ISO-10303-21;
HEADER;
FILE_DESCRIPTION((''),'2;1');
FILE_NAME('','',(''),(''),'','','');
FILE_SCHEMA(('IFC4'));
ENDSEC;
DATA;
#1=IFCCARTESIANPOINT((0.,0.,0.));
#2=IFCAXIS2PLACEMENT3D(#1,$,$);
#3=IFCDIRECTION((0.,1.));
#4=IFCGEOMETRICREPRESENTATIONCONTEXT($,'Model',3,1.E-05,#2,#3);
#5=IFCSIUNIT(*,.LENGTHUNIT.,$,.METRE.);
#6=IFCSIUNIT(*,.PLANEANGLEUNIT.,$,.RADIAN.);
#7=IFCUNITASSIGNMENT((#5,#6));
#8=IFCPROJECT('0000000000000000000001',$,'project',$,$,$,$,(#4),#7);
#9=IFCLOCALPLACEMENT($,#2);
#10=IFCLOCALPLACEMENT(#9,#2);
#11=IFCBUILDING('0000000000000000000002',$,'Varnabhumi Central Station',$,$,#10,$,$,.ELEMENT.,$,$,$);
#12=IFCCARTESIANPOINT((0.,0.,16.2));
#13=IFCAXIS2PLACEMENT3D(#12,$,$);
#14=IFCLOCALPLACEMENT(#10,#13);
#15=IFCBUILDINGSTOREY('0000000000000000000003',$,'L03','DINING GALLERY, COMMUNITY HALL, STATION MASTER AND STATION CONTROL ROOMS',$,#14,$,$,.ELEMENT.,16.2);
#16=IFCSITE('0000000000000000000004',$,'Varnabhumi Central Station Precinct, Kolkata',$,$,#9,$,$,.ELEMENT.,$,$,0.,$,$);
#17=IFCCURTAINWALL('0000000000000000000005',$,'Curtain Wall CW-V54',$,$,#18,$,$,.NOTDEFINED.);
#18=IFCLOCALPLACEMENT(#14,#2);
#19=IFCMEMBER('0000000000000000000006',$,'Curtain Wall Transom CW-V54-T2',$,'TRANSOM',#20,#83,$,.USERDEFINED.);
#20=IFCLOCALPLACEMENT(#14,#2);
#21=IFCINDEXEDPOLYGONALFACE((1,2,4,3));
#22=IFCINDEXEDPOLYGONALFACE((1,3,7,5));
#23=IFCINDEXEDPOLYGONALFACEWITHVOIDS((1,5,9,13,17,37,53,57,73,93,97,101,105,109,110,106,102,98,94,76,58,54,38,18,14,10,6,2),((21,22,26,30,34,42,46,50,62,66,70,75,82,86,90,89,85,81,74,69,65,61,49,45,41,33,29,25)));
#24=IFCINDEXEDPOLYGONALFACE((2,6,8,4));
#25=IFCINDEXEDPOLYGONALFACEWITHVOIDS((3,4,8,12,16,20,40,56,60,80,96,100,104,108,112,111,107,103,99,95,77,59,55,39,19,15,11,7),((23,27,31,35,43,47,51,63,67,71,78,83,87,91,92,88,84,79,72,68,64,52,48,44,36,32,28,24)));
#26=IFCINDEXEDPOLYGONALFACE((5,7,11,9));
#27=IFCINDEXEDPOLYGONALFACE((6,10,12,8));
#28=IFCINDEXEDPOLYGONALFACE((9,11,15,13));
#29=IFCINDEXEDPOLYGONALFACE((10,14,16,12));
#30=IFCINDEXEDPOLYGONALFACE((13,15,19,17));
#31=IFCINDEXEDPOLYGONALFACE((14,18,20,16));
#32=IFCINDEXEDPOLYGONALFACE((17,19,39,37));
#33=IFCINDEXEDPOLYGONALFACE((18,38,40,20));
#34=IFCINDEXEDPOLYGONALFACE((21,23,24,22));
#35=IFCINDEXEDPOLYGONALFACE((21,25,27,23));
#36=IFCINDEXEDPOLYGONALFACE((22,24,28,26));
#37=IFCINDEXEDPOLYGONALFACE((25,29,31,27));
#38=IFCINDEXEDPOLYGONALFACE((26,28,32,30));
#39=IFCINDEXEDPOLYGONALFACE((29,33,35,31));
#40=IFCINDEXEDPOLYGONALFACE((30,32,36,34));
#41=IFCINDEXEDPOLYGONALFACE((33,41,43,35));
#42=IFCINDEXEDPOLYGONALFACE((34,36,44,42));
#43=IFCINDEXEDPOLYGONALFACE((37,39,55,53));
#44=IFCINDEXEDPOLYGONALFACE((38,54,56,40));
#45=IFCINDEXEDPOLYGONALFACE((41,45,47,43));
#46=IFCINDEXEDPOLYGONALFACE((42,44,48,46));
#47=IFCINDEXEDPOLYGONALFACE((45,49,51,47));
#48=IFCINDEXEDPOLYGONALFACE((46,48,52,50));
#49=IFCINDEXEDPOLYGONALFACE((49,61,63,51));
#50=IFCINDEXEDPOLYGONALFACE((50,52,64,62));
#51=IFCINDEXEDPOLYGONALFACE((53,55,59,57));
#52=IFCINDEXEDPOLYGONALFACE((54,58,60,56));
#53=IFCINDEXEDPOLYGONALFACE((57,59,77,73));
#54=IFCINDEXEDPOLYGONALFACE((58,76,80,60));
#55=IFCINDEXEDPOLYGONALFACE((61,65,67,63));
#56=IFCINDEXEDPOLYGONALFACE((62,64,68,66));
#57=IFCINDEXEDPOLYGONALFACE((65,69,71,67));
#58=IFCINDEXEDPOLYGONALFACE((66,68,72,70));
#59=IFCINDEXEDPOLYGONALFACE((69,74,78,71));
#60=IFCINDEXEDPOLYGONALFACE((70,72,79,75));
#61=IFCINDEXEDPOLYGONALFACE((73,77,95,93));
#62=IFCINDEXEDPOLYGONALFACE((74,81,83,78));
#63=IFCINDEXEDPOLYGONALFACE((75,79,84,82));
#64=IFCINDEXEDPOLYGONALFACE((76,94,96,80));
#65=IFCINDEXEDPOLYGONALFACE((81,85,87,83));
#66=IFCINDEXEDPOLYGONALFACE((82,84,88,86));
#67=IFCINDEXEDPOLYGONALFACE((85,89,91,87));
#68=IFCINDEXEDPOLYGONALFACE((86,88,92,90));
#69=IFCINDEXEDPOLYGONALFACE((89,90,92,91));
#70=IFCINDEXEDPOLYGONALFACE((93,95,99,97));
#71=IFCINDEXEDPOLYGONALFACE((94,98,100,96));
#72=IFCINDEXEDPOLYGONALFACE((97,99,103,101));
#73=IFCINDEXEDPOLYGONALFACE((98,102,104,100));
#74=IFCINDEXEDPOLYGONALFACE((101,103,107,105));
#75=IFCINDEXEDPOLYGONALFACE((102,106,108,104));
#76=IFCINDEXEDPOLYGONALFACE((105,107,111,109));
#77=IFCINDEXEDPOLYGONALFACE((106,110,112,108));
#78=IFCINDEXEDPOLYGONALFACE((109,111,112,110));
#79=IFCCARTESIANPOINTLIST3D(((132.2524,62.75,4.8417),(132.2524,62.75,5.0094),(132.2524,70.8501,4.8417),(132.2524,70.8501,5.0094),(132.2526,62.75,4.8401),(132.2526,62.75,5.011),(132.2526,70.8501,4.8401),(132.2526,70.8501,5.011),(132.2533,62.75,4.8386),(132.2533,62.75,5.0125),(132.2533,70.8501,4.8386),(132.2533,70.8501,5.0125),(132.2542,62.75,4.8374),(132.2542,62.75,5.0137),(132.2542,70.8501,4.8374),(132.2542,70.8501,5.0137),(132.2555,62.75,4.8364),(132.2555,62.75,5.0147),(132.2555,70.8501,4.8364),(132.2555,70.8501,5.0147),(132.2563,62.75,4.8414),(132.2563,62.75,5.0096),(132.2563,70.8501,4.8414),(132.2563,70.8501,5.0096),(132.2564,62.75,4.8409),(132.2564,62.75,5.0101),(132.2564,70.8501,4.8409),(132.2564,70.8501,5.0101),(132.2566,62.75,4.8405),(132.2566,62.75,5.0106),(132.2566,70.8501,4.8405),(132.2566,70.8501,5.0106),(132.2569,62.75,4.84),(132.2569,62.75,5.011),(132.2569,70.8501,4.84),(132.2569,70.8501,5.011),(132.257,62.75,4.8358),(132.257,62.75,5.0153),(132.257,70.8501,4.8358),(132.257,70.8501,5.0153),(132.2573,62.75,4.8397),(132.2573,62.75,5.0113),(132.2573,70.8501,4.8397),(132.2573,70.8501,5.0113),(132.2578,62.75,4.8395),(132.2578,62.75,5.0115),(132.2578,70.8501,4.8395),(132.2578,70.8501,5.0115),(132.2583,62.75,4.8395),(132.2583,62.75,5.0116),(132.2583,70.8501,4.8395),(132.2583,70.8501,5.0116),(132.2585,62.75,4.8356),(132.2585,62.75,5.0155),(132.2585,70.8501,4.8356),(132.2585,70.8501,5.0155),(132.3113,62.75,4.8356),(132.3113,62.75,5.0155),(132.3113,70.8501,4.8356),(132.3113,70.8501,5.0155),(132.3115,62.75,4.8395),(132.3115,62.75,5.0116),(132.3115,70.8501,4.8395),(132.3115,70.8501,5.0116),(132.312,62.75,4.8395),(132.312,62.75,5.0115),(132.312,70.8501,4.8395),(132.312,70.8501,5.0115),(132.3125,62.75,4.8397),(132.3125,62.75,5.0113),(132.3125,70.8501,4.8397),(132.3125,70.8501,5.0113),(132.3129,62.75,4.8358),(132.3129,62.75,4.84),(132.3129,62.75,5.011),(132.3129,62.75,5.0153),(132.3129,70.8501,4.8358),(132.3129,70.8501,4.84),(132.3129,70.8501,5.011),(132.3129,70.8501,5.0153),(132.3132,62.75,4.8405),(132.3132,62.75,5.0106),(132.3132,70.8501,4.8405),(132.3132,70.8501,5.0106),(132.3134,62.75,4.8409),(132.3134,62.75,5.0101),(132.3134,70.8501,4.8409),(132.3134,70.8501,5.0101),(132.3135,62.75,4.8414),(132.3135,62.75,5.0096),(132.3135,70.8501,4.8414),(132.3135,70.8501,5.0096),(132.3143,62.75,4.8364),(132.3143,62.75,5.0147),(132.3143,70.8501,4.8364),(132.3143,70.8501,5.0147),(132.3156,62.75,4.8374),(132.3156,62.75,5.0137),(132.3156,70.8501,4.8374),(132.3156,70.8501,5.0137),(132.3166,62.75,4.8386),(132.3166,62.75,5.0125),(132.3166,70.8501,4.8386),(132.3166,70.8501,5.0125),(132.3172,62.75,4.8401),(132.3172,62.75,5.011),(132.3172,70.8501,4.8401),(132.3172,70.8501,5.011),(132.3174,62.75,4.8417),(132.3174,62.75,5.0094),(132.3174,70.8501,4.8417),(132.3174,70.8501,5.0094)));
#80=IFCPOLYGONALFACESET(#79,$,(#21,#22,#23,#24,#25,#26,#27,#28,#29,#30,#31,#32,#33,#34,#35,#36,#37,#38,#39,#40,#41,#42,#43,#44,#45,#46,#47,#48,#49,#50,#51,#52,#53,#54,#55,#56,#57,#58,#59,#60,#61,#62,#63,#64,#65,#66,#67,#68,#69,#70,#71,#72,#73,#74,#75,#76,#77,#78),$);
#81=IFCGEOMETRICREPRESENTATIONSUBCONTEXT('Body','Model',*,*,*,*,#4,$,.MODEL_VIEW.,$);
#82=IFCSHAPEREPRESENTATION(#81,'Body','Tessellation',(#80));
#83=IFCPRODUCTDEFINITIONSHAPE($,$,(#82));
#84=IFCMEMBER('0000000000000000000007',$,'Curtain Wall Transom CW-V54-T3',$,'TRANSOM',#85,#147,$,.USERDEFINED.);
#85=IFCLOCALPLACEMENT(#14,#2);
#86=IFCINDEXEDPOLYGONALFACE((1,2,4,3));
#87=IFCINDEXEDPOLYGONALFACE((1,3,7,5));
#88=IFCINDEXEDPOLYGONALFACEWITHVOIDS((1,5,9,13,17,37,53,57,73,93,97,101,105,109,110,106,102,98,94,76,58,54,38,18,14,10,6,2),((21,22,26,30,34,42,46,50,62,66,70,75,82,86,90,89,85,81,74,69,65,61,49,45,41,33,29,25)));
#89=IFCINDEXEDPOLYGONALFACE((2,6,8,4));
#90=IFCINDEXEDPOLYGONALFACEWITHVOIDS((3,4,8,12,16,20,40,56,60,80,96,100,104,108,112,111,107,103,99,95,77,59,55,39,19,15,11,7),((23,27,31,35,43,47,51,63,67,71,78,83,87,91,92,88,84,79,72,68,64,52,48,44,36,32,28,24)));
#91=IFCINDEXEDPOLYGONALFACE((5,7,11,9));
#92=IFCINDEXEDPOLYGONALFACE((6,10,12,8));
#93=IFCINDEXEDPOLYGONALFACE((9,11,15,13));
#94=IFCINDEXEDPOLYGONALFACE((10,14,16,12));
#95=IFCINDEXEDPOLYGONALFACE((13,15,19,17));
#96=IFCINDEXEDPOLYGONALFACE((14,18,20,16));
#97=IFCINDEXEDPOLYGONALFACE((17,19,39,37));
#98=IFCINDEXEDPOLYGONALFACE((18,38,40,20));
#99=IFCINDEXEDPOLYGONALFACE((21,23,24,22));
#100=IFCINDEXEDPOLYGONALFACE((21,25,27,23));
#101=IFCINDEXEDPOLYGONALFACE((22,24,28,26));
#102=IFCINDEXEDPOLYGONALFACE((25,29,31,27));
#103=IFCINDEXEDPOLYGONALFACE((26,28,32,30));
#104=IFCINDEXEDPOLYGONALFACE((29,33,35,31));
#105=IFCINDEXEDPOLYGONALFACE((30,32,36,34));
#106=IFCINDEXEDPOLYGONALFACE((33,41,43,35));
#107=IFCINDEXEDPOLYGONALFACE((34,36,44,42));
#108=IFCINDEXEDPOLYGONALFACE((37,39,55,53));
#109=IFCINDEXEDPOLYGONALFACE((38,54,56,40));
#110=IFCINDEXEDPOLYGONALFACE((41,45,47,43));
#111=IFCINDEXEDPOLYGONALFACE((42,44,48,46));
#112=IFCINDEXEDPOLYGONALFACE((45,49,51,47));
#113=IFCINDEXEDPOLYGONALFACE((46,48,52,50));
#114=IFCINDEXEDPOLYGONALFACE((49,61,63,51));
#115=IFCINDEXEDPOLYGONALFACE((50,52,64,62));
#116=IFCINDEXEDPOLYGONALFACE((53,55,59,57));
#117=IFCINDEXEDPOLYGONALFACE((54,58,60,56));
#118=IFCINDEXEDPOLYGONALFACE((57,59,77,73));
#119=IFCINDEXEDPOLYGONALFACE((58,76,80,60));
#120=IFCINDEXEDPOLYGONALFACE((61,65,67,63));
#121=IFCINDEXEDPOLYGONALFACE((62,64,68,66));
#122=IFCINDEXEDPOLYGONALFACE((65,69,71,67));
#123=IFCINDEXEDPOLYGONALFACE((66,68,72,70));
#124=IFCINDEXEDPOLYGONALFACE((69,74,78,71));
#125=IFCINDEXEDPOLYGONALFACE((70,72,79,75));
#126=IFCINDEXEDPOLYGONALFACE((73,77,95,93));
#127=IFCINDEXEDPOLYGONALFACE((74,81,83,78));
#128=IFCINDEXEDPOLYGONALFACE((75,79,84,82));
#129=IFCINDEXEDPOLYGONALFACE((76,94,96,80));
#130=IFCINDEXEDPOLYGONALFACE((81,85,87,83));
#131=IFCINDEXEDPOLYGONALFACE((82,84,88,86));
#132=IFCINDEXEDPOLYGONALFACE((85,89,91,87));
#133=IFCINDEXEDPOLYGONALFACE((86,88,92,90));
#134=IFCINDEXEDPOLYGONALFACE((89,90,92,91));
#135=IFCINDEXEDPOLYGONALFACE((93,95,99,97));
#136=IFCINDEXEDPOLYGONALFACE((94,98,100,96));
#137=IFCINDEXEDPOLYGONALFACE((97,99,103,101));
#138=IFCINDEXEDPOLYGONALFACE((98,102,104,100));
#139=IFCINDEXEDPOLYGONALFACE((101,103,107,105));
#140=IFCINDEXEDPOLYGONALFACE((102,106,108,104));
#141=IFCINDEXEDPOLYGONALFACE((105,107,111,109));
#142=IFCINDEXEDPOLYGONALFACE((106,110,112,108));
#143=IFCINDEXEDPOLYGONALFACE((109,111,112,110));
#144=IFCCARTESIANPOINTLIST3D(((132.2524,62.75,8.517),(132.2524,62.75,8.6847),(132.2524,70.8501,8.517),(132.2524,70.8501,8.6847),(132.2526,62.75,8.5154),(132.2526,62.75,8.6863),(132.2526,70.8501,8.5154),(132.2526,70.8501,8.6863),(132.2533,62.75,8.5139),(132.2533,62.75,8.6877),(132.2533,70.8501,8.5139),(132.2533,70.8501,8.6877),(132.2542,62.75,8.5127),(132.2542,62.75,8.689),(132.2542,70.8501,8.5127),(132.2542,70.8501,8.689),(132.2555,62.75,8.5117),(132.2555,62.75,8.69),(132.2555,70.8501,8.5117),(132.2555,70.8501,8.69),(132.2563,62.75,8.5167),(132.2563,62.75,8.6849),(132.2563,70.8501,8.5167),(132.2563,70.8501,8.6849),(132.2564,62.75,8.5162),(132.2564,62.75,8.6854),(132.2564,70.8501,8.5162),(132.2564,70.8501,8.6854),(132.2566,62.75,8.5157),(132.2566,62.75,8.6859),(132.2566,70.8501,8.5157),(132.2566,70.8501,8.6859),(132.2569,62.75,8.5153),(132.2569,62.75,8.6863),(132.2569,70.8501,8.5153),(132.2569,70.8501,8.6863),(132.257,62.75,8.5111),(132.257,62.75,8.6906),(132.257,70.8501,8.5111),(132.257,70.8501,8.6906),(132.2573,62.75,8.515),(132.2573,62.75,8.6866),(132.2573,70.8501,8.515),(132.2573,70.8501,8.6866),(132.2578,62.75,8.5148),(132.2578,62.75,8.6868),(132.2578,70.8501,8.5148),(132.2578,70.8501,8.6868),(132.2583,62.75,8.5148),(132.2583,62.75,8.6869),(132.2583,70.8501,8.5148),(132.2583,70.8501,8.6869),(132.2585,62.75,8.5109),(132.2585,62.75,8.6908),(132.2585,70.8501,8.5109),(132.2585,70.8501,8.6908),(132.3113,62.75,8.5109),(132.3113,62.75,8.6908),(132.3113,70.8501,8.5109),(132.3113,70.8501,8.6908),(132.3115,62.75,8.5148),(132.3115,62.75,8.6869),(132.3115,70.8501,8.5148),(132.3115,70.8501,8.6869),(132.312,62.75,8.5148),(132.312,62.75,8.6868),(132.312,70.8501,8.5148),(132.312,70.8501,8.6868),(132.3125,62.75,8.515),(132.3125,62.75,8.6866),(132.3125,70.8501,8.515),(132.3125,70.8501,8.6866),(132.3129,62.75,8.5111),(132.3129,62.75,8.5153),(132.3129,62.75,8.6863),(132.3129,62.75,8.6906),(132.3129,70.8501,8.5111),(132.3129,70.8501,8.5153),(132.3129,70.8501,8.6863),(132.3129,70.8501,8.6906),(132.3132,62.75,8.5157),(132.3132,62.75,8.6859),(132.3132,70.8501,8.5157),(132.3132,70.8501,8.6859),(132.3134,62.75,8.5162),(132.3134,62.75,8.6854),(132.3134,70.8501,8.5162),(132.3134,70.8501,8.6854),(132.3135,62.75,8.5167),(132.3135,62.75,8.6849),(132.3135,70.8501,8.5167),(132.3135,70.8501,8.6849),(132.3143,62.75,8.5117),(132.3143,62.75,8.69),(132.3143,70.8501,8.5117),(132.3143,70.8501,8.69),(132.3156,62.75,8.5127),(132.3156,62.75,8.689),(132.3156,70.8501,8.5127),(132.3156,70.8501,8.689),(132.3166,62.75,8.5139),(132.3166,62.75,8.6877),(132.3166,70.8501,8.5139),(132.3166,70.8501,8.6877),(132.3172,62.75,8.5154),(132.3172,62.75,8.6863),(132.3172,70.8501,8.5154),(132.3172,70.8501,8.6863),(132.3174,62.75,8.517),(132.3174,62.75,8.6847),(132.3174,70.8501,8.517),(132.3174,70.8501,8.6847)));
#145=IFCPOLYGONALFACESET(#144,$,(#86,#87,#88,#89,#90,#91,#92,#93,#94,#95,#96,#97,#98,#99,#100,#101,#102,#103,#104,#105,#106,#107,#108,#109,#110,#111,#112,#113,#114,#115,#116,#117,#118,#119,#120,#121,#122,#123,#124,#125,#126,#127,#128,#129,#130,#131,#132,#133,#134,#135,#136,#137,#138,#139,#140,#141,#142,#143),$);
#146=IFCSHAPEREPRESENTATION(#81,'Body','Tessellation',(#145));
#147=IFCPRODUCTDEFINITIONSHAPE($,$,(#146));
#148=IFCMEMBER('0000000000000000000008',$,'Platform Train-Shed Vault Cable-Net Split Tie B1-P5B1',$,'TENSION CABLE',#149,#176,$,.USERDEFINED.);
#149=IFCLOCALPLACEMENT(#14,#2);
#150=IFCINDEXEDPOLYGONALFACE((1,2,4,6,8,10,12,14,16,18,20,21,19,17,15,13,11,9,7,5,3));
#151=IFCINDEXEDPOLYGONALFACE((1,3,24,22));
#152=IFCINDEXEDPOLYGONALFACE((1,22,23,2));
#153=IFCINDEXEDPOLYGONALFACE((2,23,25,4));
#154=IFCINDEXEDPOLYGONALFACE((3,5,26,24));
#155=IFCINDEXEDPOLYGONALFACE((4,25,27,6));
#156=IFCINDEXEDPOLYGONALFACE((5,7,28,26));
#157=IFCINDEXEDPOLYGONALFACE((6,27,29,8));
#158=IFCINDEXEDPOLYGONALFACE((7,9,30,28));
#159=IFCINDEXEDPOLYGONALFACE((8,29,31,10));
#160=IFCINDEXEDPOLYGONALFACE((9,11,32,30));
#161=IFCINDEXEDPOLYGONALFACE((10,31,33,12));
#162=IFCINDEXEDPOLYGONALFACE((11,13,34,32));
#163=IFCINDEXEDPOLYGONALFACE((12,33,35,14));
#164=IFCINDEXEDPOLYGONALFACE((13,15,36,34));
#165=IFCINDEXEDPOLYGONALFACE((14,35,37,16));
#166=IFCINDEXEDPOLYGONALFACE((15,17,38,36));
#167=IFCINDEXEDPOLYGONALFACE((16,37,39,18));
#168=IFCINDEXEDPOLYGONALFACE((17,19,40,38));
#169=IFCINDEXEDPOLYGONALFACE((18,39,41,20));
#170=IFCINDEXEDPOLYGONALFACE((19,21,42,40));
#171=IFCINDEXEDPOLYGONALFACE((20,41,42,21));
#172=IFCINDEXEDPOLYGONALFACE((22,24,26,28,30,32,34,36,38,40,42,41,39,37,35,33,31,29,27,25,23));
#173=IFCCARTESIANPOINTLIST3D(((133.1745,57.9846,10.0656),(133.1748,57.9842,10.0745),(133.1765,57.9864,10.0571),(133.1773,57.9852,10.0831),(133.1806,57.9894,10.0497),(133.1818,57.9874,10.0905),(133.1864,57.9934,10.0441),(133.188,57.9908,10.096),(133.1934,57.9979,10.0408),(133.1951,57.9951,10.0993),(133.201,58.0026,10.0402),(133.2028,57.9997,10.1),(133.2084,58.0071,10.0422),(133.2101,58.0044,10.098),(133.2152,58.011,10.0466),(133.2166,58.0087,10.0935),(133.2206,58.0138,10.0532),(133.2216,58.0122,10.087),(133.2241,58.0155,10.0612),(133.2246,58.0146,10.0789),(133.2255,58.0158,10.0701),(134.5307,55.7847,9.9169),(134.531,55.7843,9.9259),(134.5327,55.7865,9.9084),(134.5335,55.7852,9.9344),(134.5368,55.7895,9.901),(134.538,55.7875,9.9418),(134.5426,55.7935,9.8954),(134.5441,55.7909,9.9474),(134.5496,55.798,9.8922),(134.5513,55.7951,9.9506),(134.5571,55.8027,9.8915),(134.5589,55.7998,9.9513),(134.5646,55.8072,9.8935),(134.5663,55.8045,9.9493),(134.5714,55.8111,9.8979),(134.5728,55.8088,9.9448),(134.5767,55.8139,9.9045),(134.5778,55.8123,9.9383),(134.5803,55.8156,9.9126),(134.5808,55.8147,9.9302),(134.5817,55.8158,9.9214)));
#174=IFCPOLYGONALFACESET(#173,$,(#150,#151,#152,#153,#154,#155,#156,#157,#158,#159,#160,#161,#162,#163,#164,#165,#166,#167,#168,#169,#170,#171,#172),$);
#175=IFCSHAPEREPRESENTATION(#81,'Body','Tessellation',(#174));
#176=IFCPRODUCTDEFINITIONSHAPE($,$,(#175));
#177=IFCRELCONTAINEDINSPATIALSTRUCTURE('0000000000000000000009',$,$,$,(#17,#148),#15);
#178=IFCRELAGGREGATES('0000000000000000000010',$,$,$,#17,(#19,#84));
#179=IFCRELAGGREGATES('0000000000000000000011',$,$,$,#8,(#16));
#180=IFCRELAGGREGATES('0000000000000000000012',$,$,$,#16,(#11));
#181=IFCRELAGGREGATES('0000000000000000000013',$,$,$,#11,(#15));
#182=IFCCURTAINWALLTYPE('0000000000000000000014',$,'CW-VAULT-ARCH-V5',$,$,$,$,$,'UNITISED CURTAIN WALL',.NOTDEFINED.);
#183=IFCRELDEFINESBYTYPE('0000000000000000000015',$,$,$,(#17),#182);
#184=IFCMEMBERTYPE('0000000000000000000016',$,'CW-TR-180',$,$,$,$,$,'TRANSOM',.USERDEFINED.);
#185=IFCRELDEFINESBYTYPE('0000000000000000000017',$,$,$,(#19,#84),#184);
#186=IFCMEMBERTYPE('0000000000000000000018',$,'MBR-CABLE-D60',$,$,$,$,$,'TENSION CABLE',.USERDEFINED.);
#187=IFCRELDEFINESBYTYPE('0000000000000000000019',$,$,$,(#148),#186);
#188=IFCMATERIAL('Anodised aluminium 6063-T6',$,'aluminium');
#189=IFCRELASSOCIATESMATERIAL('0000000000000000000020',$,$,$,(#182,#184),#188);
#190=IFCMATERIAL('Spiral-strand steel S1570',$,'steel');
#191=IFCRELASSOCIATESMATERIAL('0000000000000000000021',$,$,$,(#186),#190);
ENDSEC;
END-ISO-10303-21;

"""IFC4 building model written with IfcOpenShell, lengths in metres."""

from ifc_helpers import new_model, si_unit, direction, frame, origin, origin_2d, place, context, subcontext, project, spatial, hollow_rectangle, circle, extrude, material, material_profile, profile_set, type_object, element, aggregate, save


model = new_model("IFC4")

# Units and contexts
model_context = context("Model", 3, precision=1e-05, world=origin(), true_north=direction((0.0, 1.0)))
body_context = subcontext(model_context, "Body", "Model", "MODEL_VIEW")
ifc_project = project(units=[si_unit("LENGTHUNIT", "METRE"), si_unit("PLANEANGLEUNIT", "RADIAN")], contexts=[model_context])

# Site, building, storey
site_placement = place(None, origin())
site = spatial("IfcSite", under=ifc_project, at=site_placement, Name="Varnabhumi Central Station Precinct, Kolkata", CompositionType="ELEMENT", RefElevation=0.0)
building_placement = place(site_placement, origin())
building = spatial("IfcBuilding", under=site, at=building_placement, Name="Varnabhumi Central Station", CompositionType="ELEMENT")
storey_placement = place(building_placement, frame((0.0, 0.0, 16.2)))
storey = spatial("IfcBuildingStorey", under=building, at=storey_placement, Name="L03", Description="DINING GALLERY, COMMUNITY HALL, STATION MASTER AND STATION CONTROL ROOMS", CompositionType="ELEMENT", Elevation=16.2)

# Curtain wall, members
ifc_material_1 = material(Name="Anodised aluminium 6063-T6", Category="aluminium")
curtain_wall_type = type_object("IfcCurtainWallType", Name="CW-VAULT-ARCH-V5", ElementType="UNITISED CURTAIN WALL", PredefinedType="NOTDEFINED", material=ifc_material_1)
curtain_wall_1_placement = place(storey_placement, origin())
curtain_wall_1 = element("IfcCurtainWall", 1, at=curtain_wall_1_placement, inside=storey, type_object=curtain_wall_type, Name="Curtain Wall CW-V54", PredefinedType="NOTDEFINED")
ifc_material_profile_1 = material_profile(ifc_material_1, hollow_rectangle(XDim=0.0649, YDim=0.1799, WallThickness=0.0039, InnerFilletRadius=0.002, OuterFilletRadius=0.0061, at=origin_2d()), Name="Anodised aluminium 6063-T6", Category="aluminium")
ifc_profile_set_1 = profile_set([ifc_material_profile_1], Name="Anodised aluminium 6063-T6")
member_type_1 = type_object("IfcMemberType", Name="CW-TR-180", ElementType="TRANSOM", PredefinedType="USERDEFINED", material=ifc_profile_set_1)
member_1_placement = place(storey_placement, frame((132.2849, 62.75, 4.9255), z_axis=(0.0, 1.0, 0.0), x_axis=(-1.0, 0.0, 0.0)))
member_1 = element("IfcMember", 2, at=member_1_placement, type_object=member_type_1, Name="Curtain Wall Transom CW-V54-T2", ObjectType="TRANSOM", PredefinedType="USERDEFINED", context=body_context, shape_type="SweptSolid", body=[
    extrude(hollow_rectangle(XDim=0.0649, YDim=0.1799, WallThickness=0.0039, InnerFilletRadius=0.002, OuterFilletRadius=0.0061, at=origin_2d()), origin(), (0.0, 0.0, 1.0), 8.1001),
])
member_2_placement = place(storey_placement, frame((132.2849, 62.75, 8.6008), z_axis=(0.0, 1.0, 0.0), x_axis=(-1.0, 0.0, 0.0)))
member_2 = element("IfcMember", 3, at=member_2_placement, type_object=member_type_1, Name="Curtain Wall Transom CW-V54-T3", ObjectType="TRANSOM", PredefinedType="USERDEFINED", context=body_context, shape_type="SweptSolid", body=[
    extrude(hollow_rectangle(XDim=0.0649, YDim=0.1799, WallThickness=0.0039, InnerFilletRadius=0.002, OuterFilletRadius=0.0061, at=origin_2d()), origin(), (0.0, 0.0, 1.0), 8.1001),
])

# Member
ifc_material_2 = material(Name="Spiral-strand steel S1570", Category="steel")
ifc_material_profile_2 = material_profile(ifc_material_2, circle(Radius=0.03, at=origin_2d()), Name="Spiral-strand steel S1570", Category="steel")
ifc_profile_set_2 = profile_set([ifc_material_profile_2], Name="Spiral-strand steel S1570")
member_type_2 = type_object("IfcMemberType", Name="MBR-CABLE-D60", ElementType="TENSION CABLE", PredefinedType="USERDEFINED", material=ifc_profile_set_2)
member_3_placement = place(storey_placement, frame((133.2, 58.0, 10.0701), z_axis=(0.5239, -0.849841, -0.057436), x_axis=(0.851246, 0.524767, 0.0)))
element("IfcMember", 4, at=member_3_placement, inside=storey, type_object=member_type_2, Name="Platform Train-Shed Vault Cable-Net Split Tie B1-P5B1", ObjectType="TENSION CABLE", PredefinedType="USERDEFINED", context=body_context, shape_type="SweptSolid", body=[
    extrude(circle(Radius=0.03, at=origin_2d()), origin(), (0.0, 0.0, 1.0), 2.5886),
])

aggregate(curtain_wall_1, [member_1, member_2])

save(model, "model.ifc")
